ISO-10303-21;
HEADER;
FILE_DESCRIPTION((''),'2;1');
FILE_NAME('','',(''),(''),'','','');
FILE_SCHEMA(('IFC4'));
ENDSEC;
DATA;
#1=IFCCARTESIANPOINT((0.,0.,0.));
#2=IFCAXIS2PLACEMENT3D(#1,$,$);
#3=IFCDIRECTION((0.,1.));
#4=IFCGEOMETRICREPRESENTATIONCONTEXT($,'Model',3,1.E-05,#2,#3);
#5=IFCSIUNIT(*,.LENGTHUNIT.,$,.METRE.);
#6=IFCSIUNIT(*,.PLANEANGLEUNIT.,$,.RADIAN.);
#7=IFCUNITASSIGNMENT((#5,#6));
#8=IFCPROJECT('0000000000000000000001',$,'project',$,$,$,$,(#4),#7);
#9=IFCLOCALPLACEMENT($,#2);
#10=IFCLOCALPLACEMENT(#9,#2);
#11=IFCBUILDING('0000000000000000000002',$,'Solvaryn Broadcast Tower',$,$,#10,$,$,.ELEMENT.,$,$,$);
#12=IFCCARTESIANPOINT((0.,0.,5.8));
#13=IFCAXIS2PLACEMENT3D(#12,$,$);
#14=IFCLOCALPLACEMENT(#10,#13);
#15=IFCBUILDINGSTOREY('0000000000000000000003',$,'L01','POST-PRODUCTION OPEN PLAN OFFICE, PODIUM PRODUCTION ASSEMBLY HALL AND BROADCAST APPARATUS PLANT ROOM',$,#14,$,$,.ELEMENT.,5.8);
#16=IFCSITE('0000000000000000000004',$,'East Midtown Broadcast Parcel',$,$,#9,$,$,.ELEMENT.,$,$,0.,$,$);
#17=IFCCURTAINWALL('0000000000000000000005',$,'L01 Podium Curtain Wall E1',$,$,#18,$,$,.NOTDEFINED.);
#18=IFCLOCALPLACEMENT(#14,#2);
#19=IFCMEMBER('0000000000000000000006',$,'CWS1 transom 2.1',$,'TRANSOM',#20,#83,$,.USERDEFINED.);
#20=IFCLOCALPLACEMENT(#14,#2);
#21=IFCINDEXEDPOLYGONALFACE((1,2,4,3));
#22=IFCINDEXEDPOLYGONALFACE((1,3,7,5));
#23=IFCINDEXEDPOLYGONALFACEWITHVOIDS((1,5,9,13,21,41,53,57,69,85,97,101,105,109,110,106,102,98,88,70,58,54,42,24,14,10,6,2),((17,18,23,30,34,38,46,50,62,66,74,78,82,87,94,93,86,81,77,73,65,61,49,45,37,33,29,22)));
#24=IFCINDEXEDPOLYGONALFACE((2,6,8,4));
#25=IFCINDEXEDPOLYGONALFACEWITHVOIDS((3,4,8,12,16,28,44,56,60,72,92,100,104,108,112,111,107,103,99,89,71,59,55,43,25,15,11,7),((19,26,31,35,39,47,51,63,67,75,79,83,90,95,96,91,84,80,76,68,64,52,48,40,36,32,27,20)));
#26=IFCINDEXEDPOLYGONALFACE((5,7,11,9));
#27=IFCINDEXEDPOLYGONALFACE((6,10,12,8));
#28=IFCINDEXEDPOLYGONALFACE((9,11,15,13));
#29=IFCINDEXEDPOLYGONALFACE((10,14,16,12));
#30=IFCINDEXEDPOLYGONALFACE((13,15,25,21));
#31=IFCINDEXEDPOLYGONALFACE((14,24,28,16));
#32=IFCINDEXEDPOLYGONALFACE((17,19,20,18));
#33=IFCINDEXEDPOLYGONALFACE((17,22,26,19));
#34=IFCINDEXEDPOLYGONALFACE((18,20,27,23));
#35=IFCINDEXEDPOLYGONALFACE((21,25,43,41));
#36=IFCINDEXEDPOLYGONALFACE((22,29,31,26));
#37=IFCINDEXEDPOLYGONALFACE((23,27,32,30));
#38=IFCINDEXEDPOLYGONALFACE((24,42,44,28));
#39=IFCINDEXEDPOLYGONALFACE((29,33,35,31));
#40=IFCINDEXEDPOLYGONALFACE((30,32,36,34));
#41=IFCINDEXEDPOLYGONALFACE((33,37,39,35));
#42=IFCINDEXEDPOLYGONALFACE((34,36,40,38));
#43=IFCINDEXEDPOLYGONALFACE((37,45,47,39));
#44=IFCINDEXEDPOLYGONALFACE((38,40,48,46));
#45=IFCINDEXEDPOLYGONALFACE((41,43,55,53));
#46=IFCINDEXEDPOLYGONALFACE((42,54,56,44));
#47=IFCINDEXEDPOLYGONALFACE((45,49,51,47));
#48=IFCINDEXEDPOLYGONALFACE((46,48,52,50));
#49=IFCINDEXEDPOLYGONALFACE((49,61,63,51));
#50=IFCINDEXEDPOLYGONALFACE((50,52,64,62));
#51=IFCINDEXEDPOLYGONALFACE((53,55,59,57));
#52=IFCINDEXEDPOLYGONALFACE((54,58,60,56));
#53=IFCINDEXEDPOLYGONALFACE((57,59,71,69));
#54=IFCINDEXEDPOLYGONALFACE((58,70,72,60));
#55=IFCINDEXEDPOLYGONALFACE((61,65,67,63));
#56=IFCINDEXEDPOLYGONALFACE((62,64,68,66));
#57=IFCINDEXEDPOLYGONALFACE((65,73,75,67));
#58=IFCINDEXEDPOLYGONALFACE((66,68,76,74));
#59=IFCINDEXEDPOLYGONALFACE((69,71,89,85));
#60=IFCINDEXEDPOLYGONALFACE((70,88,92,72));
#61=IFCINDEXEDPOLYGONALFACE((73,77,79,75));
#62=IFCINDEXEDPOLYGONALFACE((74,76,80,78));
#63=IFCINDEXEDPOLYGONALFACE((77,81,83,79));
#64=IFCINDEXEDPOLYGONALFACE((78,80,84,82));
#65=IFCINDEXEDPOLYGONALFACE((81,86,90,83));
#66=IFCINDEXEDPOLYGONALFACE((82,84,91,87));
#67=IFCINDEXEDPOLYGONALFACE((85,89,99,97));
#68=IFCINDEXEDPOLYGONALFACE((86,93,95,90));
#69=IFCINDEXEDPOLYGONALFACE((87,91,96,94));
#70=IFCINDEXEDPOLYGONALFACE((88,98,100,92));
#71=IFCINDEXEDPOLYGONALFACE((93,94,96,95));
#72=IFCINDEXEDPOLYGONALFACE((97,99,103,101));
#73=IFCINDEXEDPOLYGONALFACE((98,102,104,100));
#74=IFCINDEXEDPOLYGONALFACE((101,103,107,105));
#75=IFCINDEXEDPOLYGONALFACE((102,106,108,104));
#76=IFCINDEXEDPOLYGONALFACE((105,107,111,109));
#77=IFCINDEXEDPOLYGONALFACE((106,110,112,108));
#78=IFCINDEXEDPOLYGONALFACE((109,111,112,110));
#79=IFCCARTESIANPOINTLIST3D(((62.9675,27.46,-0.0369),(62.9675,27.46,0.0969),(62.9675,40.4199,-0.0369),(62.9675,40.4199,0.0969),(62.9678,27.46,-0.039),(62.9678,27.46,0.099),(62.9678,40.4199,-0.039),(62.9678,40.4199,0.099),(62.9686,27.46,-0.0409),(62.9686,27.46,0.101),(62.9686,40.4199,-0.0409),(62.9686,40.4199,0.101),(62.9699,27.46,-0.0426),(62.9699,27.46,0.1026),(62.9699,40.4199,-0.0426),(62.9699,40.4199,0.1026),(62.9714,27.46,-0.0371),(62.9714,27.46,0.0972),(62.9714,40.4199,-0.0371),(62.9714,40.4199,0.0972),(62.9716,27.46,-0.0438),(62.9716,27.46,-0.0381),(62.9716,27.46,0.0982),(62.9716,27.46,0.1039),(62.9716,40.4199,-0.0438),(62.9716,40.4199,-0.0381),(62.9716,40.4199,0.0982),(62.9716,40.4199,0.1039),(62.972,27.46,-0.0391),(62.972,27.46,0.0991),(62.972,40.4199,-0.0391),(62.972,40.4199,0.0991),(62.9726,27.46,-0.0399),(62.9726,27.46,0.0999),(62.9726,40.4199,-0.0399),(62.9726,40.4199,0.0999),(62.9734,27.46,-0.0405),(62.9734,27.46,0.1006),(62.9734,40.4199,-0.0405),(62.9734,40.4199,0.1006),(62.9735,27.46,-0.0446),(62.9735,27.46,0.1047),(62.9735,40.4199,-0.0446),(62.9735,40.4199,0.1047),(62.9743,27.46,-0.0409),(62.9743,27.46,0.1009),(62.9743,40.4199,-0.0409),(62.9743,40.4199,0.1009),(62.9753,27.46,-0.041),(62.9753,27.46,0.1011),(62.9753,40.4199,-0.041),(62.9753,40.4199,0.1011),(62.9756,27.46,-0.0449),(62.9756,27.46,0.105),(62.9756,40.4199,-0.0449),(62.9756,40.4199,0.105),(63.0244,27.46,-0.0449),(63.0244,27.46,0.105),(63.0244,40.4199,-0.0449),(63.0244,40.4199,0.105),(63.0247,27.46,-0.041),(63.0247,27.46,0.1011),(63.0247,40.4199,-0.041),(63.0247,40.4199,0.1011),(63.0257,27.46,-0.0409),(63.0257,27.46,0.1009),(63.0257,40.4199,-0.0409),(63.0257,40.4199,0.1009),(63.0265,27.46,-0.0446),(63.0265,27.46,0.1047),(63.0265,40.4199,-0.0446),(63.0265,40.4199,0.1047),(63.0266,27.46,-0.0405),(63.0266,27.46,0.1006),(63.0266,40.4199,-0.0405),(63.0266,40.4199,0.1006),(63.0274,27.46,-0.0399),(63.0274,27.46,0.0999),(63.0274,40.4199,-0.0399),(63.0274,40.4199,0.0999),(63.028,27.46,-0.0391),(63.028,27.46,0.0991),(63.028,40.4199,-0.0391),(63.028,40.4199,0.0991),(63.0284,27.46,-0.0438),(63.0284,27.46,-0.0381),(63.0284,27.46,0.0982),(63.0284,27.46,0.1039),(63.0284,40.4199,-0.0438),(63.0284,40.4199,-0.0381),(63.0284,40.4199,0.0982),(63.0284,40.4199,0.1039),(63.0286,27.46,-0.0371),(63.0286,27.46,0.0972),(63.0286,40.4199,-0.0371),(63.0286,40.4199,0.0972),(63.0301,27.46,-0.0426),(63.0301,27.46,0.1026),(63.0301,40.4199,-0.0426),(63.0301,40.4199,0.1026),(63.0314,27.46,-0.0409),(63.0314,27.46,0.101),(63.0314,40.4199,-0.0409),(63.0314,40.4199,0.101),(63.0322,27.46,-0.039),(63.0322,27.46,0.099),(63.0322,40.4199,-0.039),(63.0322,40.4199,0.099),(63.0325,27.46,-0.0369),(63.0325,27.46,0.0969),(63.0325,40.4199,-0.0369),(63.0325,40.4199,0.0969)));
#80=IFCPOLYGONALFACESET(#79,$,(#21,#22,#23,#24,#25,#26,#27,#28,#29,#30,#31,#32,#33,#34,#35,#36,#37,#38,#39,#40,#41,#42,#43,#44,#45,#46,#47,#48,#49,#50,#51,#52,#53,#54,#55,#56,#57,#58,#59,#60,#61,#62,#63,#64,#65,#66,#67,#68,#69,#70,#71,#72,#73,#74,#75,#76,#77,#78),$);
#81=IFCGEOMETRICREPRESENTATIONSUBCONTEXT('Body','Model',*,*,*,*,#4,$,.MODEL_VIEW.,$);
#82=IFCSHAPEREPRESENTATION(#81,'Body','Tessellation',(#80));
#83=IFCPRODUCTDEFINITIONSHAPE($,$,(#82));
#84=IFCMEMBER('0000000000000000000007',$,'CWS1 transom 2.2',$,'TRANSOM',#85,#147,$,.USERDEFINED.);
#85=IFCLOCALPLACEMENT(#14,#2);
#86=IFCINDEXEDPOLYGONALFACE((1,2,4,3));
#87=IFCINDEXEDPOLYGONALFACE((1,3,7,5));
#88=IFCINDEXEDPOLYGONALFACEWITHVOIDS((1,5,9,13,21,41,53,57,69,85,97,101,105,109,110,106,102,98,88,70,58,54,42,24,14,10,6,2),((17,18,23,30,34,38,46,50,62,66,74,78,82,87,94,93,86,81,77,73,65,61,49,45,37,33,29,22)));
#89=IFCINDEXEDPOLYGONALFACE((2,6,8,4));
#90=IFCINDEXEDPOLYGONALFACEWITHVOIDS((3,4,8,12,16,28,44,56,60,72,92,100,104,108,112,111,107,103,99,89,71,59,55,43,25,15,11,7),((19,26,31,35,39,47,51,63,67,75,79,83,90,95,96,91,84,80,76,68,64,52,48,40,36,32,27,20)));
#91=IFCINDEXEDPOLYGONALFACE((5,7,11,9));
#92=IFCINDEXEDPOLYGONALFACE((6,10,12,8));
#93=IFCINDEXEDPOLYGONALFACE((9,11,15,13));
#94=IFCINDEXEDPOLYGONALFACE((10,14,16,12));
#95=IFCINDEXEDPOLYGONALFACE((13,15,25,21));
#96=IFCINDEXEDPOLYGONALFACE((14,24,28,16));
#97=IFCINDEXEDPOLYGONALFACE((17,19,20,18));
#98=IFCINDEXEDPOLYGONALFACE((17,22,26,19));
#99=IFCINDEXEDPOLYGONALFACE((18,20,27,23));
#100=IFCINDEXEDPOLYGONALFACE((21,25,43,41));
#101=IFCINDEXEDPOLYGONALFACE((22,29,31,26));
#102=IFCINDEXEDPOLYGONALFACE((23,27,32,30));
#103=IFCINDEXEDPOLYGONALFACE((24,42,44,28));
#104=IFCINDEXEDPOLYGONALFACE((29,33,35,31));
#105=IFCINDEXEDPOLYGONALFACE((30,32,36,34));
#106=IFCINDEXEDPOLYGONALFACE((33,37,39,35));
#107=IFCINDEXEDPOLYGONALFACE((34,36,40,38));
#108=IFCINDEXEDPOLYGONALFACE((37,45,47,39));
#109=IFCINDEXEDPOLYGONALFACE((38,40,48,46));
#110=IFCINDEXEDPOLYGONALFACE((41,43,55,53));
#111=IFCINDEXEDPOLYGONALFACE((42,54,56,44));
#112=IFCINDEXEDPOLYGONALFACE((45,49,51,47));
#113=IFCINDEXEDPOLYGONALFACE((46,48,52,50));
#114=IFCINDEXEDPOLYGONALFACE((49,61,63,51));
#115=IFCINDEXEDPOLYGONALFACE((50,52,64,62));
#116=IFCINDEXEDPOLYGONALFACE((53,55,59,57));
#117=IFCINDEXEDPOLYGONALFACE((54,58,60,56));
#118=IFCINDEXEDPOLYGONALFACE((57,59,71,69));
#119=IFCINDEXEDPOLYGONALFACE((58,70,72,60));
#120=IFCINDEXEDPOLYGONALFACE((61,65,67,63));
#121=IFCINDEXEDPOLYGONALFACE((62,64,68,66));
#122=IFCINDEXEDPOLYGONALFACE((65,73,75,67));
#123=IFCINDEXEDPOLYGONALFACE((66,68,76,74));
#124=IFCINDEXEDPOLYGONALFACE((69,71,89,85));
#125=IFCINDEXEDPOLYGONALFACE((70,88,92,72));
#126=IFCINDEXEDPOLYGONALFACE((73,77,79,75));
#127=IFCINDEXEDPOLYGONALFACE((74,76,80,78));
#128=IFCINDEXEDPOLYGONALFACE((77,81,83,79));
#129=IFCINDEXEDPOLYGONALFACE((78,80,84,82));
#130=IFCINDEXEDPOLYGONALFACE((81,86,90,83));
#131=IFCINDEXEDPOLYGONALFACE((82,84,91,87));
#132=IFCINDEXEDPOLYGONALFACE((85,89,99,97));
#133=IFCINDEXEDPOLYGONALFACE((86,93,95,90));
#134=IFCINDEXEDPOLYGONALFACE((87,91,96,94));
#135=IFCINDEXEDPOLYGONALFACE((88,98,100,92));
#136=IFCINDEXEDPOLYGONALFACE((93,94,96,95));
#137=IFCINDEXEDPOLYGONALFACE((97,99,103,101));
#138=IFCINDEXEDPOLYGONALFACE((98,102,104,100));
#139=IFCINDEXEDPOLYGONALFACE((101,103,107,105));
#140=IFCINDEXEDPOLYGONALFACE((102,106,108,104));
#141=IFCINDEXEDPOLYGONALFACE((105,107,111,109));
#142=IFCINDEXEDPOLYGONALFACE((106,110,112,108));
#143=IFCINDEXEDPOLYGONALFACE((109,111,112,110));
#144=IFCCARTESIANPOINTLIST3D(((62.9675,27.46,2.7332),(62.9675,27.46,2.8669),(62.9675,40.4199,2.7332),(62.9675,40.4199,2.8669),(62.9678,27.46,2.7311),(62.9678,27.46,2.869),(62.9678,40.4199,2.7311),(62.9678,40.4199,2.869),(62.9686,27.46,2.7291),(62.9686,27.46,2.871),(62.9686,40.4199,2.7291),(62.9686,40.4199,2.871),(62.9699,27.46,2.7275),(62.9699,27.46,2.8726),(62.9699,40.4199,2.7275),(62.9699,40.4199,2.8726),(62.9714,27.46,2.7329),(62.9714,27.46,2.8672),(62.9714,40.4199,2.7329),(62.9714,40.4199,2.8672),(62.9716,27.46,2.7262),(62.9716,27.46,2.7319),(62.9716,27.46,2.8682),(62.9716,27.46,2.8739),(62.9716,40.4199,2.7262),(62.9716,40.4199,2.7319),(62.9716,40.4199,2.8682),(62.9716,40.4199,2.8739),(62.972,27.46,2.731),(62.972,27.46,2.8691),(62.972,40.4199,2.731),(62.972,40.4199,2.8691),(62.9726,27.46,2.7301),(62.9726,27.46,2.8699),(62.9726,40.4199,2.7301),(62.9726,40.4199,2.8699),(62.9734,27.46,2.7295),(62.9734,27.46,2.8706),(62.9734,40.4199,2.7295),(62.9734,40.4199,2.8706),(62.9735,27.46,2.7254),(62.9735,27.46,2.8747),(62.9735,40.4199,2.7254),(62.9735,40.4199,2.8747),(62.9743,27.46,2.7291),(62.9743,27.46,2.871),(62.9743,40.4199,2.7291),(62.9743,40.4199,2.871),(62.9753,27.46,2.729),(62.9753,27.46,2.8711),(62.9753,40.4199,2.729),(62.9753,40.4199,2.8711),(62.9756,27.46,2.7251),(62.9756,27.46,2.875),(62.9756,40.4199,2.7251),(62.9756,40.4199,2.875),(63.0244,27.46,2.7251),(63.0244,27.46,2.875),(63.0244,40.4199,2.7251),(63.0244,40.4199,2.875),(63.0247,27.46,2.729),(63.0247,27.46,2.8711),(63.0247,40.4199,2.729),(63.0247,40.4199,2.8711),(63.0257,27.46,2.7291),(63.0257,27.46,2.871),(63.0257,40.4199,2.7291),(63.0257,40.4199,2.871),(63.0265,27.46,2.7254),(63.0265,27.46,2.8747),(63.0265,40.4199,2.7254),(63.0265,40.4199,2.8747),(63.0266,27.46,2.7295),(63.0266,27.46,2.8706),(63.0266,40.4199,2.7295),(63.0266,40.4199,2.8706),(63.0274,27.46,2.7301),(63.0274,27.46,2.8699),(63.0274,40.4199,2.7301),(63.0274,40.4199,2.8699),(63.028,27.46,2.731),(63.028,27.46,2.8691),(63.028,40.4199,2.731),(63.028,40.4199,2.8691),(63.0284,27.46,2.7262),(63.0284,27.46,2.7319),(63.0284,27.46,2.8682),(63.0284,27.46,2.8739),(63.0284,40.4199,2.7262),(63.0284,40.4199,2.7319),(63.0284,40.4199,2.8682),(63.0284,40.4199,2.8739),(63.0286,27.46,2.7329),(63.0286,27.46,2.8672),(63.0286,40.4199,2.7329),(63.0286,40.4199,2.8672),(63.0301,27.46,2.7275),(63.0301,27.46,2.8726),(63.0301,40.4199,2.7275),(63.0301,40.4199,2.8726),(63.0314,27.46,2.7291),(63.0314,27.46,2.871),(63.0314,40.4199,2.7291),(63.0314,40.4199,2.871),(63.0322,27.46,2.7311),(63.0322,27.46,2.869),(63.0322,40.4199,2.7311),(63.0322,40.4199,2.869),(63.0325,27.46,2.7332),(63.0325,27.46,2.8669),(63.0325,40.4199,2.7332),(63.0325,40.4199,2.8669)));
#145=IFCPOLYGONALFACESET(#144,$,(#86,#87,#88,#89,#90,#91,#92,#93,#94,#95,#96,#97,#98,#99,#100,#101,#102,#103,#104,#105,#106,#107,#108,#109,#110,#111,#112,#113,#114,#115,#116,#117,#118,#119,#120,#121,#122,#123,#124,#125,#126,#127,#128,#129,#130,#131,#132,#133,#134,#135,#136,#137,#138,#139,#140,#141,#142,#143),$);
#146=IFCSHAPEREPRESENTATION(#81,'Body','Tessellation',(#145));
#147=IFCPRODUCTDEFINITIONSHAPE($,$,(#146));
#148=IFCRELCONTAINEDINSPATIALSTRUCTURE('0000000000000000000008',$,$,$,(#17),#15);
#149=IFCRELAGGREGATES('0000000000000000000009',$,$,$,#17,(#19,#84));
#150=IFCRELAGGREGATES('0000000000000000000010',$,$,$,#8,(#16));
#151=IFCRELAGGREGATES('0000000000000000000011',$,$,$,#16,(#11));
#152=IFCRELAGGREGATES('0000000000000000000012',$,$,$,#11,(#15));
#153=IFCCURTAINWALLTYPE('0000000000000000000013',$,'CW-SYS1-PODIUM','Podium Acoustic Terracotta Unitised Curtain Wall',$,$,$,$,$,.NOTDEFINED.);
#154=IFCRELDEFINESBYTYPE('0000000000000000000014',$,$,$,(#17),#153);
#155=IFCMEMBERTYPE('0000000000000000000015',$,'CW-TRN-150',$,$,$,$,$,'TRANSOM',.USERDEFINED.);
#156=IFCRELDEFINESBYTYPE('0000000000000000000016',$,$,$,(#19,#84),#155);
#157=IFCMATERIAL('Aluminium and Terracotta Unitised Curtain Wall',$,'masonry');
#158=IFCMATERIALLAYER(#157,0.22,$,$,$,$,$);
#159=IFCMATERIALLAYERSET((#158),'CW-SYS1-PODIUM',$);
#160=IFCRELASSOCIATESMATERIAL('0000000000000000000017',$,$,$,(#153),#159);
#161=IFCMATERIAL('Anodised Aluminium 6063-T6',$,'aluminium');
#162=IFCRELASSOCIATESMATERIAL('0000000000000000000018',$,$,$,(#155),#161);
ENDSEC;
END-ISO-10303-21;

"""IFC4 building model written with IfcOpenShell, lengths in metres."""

from ifc_helpers import new_model, si_unit, direction, frame, origin, origin_2d, place, context, subcontext, project, spatial, hollow_rectangle, extrude, material, layer, layer_set, material_profile, profile_set, type_object, element, aggregate, save


model = new_model("IFC4")

# Units and contexts
model_context = context("Model", 3, precision=1e-05, world=origin(), true_north=direction((0.0, 1.0)))
body_context = subcontext(model_context, "Body", "Model", "MODEL_VIEW")
ifc_project = project(units=[si_unit("LENGTHUNIT", "METRE"), si_unit("PLANEANGLEUNIT", "RADIAN")], contexts=[model_context])

# Site, building, storey
site_placement = place(None, origin())
site = spatial("IfcSite", under=ifc_project, at=site_placement, Name="East Midtown Broadcast Parcel", CompositionType="ELEMENT", RefElevation=0.0)
building_placement = place(site_placement, origin())
building = spatial("IfcBuilding", under=site, at=building_placement, Name="Solvaryn Broadcast Tower", CompositionType="ELEMENT")
storey_placement = place(building_placement, frame((0.0, 0.0, 5.8)))
storey = spatial("IfcBuildingStorey", under=building, at=storey_placement, Name="L01", Description="POST-PRODUCTION OPEN PLAN OFFICE, PODIUM PRODUCTION ASSEMBLY HALL AND BROADCAST APPARATUS PLANT ROOM", CompositionType="ELEMENT", Elevation=5.8)

# Curtain wall
ifc_material_1 = material(Name="Aluminium and Terracotta Unitised Curtain Wall", Category="masonry")
ifc_layer_1 = layer(ifc_material_1, 0.22)
ifc_layer_set_1 = layer_set([ifc_layer_1], Name="CW-SYS1-PODIUM")
curtain_wall_type = type_object("IfcCurtainWallType", Name="CW-SYS1-PODIUM", Description="Podium Acoustic Terracotta Unitised Curtain Wall", PredefinedType="NOTDEFINED", material=ifc_layer_set_1)
curtain_wall_1_placement = place(storey_placement, origin())
curtain_wall_1 = element("IfcCurtainWall", 1, at=curtain_wall_1_placement, inside=storey, type_object=curtain_wall_type, Name="L01 Podium Curtain Wall E1", PredefinedType="NOTDEFINED")

# Members
ifc_material_2 = material(Name="Anodised Aluminium 6063-T6", Category="aluminium")
ifc_material_profile_1 = material_profile(ifc_material_2, hollow_rectangle(XDim=0.0649, YDim=0.1499, WallThickness=0.0039, InnerFilletRadius=0.0039, OuterFilletRadius=0.0081, at=origin_2d()))
ifc_profile_set_1 = profile_set([ifc_material_profile_1], Name="Anodised Aluminium 6063-T6")
member_type_1 = type_object("IfcMemberType", Name="CW-TRN-150", ElementType="TRANSOM", PredefinedType="USERDEFINED", material=ifc_profile_set_1)
member_1_placement = place(storey_placement, frame((63.0, 40.4199, 0.03), z_axis=(0.0, -1.0, 0.0), x_axis=(1.0, 0.0, 0.0)))
member_1 = element("IfcMember", 2, at=member_1_placement, type_object=member_type_1, Name="CWS1 transom 2.1", ObjectType="TRANSOM", PredefinedType="USERDEFINED", context=body_context, shape_type="SweptSolid", body=[
    extrude(hollow_rectangle(XDim=0.0649, YDim=0.1499, WallThickness=0.0039, InnerFilletRadius=0.0039, OuterFilletRadius=0.0081, at=origin_2d()), origin(), (0.0, 0.0, 1.0), 12.96),
])
member_2_placement = place(storey_placement, frame((63.0, 40.4199, 2.8), z_axis=(0.0, -1.0, 0.0), x_axis=(1.0, 0.0, 0.0)))
member_2 = element("IfcMember", 3, at=member_2_placement, type_object=member_type_1, Name="CWS1 transom 2.2", ObjectType="TRANSOM", PredefinedType="USERDEFINED", context=body_context, shape_type="SweptSolid", body=[
    extrude(hollow_rectangle(XDim=0.0649, YDim=0.1499, WallThickness=0.0039, InnerFilletRadius=0.0039, OuterFilletRadius=0.0081, at=origin_2d()), origin(), (0.0, 0.0, 1.0), 12.96),
])

aggregate(curtain_wall_1, [member_1, member_2])

save(model, "model.ifc")
